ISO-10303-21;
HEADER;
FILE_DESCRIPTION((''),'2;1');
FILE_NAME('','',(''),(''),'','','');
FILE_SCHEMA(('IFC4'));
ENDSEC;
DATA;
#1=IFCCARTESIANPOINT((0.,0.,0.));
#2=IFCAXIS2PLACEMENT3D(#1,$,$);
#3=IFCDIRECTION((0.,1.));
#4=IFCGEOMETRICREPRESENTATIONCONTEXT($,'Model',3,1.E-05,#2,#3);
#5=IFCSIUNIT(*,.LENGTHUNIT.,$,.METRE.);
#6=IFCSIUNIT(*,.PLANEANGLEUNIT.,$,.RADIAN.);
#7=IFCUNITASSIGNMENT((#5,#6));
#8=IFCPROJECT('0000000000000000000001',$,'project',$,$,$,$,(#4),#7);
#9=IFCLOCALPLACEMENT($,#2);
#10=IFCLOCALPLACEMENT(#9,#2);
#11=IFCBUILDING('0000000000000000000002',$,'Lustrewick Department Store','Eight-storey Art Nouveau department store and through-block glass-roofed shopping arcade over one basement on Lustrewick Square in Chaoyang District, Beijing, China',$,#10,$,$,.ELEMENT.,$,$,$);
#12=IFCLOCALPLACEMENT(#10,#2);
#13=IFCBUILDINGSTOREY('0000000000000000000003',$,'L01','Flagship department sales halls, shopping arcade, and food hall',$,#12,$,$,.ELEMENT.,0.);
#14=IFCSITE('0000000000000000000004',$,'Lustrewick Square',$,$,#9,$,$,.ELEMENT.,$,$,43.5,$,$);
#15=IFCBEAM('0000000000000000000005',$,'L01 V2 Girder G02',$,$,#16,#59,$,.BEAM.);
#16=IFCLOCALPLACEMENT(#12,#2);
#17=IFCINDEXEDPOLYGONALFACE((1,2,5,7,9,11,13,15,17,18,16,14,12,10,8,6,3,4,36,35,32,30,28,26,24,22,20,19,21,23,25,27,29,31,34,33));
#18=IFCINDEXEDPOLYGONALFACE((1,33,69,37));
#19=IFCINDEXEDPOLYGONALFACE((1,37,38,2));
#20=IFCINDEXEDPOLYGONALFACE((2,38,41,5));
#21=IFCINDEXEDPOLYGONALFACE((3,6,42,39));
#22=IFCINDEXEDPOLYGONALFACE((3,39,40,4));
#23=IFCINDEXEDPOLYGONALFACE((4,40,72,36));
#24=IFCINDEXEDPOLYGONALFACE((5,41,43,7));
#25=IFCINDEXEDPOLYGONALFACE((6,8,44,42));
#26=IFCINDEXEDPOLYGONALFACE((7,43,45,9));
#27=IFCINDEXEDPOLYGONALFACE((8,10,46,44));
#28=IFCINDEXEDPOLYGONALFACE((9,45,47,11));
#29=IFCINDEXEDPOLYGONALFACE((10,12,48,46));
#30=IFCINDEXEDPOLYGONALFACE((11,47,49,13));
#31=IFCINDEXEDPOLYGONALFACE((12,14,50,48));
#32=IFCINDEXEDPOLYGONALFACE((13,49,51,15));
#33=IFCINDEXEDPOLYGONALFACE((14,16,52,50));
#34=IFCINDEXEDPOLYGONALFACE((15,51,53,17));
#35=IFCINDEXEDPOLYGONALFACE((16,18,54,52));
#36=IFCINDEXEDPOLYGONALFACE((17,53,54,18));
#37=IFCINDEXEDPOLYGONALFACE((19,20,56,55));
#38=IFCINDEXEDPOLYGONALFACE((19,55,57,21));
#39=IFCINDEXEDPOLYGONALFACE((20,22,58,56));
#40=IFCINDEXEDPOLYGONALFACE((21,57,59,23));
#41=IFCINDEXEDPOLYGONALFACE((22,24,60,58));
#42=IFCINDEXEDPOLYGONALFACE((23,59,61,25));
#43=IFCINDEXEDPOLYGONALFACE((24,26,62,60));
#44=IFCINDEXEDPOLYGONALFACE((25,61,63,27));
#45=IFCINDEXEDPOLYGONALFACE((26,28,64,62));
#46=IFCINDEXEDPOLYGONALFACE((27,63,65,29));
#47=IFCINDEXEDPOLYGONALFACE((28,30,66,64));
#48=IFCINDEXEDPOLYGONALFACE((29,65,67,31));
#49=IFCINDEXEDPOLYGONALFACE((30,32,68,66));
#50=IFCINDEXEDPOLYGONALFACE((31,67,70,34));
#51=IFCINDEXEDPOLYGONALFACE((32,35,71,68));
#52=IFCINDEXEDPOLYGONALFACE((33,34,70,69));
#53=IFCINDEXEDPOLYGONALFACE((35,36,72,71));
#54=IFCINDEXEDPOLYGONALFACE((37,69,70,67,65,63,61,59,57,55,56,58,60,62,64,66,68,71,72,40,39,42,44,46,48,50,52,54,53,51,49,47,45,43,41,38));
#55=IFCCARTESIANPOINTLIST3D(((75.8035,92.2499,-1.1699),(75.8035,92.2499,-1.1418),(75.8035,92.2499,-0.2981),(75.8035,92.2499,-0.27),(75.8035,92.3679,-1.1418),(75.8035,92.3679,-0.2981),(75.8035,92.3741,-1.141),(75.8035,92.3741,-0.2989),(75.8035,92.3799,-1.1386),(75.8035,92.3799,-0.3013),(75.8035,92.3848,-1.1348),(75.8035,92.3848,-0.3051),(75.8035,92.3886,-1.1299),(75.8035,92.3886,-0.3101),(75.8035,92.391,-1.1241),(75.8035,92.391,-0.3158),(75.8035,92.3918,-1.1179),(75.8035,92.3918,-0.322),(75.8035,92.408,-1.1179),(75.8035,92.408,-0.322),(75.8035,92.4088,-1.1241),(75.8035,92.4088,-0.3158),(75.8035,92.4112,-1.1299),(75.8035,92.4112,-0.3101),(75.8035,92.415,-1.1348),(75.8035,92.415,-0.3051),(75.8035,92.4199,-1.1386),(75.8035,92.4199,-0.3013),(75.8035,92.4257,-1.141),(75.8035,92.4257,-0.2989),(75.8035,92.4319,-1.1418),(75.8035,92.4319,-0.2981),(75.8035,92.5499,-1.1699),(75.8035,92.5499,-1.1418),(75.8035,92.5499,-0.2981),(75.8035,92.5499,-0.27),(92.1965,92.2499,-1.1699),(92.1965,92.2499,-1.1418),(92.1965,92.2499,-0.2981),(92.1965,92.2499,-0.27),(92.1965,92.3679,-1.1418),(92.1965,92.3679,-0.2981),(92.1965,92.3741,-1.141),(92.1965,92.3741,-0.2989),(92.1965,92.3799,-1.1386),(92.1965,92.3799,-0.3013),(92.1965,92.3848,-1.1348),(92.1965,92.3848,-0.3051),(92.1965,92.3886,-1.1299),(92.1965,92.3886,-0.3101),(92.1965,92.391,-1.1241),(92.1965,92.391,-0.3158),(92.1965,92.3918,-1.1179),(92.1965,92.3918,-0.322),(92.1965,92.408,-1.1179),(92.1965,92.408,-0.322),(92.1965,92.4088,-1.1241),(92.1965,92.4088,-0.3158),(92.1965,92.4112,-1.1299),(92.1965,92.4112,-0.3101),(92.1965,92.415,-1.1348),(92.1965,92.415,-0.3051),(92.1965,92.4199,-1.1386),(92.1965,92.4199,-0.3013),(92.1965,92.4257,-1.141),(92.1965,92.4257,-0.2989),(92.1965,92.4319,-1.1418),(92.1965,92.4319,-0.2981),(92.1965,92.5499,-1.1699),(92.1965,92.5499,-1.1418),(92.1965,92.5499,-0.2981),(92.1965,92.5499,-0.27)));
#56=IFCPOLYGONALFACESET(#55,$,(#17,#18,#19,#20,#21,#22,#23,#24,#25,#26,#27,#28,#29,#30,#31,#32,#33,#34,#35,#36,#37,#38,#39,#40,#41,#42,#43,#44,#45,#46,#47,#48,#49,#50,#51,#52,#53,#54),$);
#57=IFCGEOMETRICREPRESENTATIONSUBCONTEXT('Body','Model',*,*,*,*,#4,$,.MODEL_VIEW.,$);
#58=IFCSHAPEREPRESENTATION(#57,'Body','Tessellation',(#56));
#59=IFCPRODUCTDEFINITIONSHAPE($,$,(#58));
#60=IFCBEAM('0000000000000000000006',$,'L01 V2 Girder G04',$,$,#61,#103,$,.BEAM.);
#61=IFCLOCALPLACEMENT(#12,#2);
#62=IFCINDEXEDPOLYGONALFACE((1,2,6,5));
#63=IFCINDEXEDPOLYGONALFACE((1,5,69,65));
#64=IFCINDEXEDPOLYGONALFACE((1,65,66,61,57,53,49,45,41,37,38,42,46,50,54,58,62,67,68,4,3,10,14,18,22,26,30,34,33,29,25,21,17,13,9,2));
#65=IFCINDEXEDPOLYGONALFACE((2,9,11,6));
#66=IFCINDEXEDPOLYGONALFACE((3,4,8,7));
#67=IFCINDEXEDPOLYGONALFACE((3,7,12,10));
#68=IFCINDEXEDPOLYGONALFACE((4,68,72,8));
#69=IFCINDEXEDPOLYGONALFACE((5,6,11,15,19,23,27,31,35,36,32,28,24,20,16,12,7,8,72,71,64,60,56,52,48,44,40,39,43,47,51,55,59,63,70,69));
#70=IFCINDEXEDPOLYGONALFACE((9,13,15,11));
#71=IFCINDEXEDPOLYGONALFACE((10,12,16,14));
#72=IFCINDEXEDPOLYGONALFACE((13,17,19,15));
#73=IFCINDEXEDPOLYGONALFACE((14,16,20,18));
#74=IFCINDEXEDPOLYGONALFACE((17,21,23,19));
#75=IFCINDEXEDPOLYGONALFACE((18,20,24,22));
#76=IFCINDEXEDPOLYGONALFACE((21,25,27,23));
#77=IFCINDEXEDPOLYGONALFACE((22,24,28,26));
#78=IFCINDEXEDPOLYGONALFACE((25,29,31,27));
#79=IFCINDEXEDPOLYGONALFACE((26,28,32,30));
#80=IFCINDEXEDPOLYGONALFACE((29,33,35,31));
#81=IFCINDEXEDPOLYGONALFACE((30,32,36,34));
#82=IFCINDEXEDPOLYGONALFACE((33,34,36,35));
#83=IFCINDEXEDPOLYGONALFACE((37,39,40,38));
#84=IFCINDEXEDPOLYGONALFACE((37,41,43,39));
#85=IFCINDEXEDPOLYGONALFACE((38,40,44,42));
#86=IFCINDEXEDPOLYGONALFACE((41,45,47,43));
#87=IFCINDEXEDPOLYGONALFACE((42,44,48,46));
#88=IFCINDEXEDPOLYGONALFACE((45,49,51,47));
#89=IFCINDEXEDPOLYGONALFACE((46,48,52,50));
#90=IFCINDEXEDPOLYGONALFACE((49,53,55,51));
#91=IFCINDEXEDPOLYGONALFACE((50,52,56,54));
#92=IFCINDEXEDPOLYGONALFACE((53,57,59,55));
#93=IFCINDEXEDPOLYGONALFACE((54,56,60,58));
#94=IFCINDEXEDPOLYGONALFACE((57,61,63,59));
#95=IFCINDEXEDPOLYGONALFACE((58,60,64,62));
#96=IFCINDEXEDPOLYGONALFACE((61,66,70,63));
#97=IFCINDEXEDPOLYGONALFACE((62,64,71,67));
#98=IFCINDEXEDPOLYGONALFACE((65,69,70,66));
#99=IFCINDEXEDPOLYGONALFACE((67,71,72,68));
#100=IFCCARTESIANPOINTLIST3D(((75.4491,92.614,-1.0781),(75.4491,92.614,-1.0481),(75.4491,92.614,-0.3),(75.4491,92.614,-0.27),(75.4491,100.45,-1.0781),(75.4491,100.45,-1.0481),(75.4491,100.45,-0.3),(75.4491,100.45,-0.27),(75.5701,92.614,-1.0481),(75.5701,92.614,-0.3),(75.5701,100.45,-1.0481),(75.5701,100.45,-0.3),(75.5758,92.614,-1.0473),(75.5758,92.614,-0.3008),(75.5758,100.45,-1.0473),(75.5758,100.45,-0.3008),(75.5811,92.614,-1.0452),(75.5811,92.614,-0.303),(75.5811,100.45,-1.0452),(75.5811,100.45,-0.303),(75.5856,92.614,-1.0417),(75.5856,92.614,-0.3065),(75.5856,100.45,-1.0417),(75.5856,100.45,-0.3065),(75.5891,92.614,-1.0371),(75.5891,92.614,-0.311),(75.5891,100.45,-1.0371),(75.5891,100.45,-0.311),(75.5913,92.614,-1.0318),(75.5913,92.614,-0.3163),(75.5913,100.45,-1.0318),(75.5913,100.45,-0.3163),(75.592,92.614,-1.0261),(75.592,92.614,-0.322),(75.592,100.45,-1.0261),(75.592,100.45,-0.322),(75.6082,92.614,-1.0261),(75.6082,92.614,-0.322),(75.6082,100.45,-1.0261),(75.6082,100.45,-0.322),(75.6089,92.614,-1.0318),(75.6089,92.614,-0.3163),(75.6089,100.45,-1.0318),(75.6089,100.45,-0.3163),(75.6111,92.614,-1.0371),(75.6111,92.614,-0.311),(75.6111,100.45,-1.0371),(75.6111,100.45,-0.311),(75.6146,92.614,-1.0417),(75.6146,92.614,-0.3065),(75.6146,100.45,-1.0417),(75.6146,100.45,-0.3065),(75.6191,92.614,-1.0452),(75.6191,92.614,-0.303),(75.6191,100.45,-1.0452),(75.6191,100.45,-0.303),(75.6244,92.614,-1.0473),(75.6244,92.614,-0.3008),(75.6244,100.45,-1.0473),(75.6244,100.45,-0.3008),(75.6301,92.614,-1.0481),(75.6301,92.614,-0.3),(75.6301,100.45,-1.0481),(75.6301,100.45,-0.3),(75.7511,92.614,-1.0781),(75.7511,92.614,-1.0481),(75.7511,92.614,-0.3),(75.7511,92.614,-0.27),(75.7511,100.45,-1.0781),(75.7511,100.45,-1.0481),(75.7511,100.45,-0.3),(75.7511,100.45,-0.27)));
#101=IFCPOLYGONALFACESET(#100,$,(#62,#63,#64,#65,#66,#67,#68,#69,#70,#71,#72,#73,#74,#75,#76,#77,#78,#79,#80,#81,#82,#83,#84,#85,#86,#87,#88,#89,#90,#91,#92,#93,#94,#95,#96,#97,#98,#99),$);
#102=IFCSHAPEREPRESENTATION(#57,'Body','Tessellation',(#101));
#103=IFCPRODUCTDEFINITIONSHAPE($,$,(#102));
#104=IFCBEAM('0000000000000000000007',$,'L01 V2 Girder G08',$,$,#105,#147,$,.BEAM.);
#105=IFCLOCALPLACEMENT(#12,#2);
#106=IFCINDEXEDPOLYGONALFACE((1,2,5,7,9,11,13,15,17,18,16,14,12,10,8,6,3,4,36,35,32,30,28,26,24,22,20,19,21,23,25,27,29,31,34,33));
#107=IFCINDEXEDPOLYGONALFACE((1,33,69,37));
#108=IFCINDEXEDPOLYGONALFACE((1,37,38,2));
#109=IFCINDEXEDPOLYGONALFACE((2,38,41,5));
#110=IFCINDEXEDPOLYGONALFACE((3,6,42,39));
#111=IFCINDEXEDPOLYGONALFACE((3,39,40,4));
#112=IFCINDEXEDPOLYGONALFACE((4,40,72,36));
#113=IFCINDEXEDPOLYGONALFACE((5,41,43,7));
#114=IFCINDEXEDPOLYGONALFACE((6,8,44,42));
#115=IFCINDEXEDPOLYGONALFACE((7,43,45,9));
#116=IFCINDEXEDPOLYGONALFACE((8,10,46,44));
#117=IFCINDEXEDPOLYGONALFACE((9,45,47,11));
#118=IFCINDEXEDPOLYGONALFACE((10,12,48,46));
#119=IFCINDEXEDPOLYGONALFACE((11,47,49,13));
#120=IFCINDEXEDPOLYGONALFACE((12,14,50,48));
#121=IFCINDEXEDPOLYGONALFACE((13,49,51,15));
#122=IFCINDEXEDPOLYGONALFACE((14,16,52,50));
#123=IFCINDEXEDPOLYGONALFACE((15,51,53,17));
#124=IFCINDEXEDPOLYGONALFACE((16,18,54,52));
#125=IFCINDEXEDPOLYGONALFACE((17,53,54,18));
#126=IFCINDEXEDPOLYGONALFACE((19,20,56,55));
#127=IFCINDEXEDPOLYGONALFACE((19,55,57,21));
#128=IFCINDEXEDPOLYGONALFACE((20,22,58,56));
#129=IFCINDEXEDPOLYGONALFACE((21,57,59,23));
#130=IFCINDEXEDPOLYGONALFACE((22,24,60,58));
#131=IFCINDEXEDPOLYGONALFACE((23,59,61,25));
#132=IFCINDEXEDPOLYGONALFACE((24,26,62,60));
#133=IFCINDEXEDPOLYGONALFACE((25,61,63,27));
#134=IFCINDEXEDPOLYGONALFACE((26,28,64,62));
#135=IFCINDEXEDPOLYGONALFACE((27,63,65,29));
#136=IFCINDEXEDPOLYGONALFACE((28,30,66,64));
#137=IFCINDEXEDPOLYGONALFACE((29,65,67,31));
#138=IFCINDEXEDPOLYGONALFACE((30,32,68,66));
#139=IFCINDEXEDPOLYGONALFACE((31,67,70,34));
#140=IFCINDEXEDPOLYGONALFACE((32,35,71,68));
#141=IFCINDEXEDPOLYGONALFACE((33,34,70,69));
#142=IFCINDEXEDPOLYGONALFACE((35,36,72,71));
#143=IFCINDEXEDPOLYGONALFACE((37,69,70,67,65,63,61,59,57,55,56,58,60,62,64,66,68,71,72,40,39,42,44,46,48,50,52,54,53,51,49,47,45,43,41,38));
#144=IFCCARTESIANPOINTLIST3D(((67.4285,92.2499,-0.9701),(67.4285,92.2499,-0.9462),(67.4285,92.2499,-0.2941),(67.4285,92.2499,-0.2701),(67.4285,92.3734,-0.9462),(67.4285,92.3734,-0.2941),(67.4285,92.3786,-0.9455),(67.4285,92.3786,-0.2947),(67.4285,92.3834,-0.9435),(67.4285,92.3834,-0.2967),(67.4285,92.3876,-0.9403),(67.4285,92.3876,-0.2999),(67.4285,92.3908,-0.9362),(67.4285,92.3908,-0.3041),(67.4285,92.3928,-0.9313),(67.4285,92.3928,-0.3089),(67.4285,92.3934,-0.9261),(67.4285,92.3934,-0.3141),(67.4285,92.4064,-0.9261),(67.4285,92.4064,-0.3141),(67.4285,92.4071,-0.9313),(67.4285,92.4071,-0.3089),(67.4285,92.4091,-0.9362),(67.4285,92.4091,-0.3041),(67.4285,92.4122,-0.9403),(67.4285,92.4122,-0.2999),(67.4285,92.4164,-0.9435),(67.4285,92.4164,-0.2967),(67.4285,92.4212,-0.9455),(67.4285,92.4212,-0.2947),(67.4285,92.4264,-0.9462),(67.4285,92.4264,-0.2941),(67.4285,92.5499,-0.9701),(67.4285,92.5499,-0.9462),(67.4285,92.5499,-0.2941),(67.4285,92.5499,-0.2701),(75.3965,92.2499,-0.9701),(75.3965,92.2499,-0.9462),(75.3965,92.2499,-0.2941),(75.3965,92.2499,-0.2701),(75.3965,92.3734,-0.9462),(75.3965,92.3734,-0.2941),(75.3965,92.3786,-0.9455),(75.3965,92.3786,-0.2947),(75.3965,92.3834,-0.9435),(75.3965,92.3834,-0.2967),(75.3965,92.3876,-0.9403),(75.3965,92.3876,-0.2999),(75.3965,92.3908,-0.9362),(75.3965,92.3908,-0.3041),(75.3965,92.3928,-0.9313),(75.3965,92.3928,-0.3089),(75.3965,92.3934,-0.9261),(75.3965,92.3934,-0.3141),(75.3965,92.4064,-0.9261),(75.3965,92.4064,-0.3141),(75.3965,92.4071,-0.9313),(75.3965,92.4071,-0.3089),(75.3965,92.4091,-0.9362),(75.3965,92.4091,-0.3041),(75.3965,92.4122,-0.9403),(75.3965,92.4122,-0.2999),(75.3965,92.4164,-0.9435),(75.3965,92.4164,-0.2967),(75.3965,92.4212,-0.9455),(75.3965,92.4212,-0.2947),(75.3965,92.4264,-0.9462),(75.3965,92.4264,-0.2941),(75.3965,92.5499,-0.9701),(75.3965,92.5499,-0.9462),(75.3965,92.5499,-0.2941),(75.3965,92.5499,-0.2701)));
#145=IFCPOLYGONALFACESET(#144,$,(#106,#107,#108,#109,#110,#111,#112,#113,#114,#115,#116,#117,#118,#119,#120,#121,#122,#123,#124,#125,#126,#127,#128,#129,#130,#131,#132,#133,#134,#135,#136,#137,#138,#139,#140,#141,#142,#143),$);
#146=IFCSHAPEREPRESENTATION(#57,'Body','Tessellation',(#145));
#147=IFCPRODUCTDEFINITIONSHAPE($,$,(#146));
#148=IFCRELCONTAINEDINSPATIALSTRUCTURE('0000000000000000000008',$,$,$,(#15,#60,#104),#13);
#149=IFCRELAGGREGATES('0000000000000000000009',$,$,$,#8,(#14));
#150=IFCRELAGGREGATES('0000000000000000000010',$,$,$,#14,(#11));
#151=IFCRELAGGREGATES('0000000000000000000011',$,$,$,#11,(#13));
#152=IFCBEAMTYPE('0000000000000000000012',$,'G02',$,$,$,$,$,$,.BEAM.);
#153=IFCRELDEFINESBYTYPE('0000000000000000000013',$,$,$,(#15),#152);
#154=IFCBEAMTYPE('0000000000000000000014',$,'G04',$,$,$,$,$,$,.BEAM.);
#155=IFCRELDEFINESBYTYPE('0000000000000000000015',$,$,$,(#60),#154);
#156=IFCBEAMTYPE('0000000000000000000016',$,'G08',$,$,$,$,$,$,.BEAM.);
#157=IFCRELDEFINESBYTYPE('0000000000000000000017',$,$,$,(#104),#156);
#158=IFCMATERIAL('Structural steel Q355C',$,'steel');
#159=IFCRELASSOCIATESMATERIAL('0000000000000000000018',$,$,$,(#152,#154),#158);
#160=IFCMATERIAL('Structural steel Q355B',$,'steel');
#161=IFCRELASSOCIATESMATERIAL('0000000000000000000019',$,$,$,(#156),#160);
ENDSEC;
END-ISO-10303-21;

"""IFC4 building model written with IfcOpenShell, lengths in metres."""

from ifc_helpers import new_model, si_unit, direction, frame, origin, origin_2d, place, context, subcontext, project, spatial, i_section, extrude, material, material_profile, profile_set, type_object, element, save


model = new_model("IFC4")

# Units and contexts
model_context = context("Model", 3, precision=1e-05, world=origin(), true_north=direction((0.0, 1.0)))
body_context = subcontext(model_context, "Body", "Model", "MODEL_VIEW")
ifc_project = project(units=[si_unit("LENGTHUNIT", "METRE"), si_unit("PLANEANGLEUNIT", "RADIAN")], contexts=[model_context])

# Site, building, storey
site_placement = place(None, origin())
site = spatial("IfcSite", under=ifc_project, at=site_placement, Name="Lustrewick Square", CompositionType="ELEMENT", RefElevation=43.5)
building_placement = place(site_placement, origin())
building = spatial("IfcBuilding", under=site, at=building_placement, Name="Lustrewick Department Store", Description="Eight-storey Art Nouveau department store and through-block glass-roofed shopping arcade over one basement on Lustrewick Square in Chaoyang District, Beijing, China", CompositionType="ELEMENT")
storey_placement = place(building_placement, origin())
storey = spatial("IfcBuildingStorey", under=building, at=storey_placement, Name="L01", Description="Flagship department sales halls, shopping arcade, and food hall", CompositionType="ELEMENT", Elevation=0.0)

# Shared definitions
ifc_material_1 = material(Name="Structural steel Q355C", Category="steel")

# Beams
ifc_material_2 = material(Name="Structural steel Q355B", Category="steel")
ifc_material_profile_1 = material_profile(ifc_material_1, i_section(OverallWidth=0.3, OverallDepth=0.8999, WebThickness=0.0161, FlangeThickness=0.0281, FilletRadius=0.0239, at=origin_2d()), Name="HN 900x300x16x28")
ifc_profile_set_1 = profile_set([ifc_material_profile_1], Name="Structural steel Q355C")
beam_type_1 = type_object("IfcBeamType", Name="G02", PredefinedType="BEAM", material=ifc_profile_set_1)
beam_1_placement = place(storey_placement, frame((75.8035, 92.3999, -0.72), z_axis=(1.0, 0.0, 0.0), x_axis=(0.0, 1.0, 0.0)))
element("IfcBeam", 1, at=beam_1_placement, inside=storey, type_object=beam_type_1, Name="L01 V2 Girder G02", PredefinedType="BEAM", context=body_context, shape_type="SweptSolid", body=[
    extrude(i_section(OverallWidth=0.3, OverallDepth=0.8999, WebThickness=0.0161, FlangeThickness=0.0281, FilletRadius=0.0239, at=origin_2d()), origin(), (0.0, 0.0, 1.0), 16.3931),
])
ifc_material_profile_2 = material_profile(ifc_material_1, i_section(OverallWidth=0.302, OverallDepth=0.8081, WebThickness=0.0161, FlangeThickness=0.03, FilletRadius=0.022, at=origin_2d()), Name="HN 808x302x16x30")
ifc_profile_set_2 = profile_set([ifc_material_profile_2], Name="Structural steel Q355C")
beam_type_2 = type_object("IfcBeamType", Name="G04", PredefinedType="BEAM", material=ifc_profile_set_2)
beam_2_placement = place(storey_placement, frame((75.6001, 92.614, -0.6741), z_axis=(0.0, 1.0, 0.0), x_axis=(-1.0, 0.0, 0.0)))
element("IfcBeam", 2, at=beam_2_placement, inside=storey, type_object=beam_type_2, Name="L01 V2 Girder G04", PredefinedType="BEAM", context=body_context, shape_type="SweptSolid", body=[
    extrude(i_section(OverallWidth=0.302, OverallDepth=0.8081, WebThickness=0.0161, FlangeThickness=0.03, FilletRadius=0.022, at=origin_2d()), origin(), (0.0, 0.0, 1.0), 7.8359),
])
ifc_material_profile_3 = material_profile(ifc_material_2, i_section(OverallWidth=0.3, OverallDepth=0.7, WebThickness=0.0129, FlangeThickness=0.0239, FilletRadius=0.02, at=origin_2d()), Name="HN 700x300x13x24")
ifc_profile_set_3 = profile_set([ifc_material_profile_3], Name="Structural steel Q355B")
beam_type_3 = type_object("IfcBeamType", Name="G08", PredefinedType="BEAM", material=ifc_profile_set_3)
beam_3_placement = place(storey_placement, frame((67.4285, 92.3999, -0.6201), z_axis=(1.0, 0.0, 0.0), x_axis=(0.0, 1.0, 0.0)))
element("IfcBeam", 3, at=beam_3_placement, inside=storey, type_object=beam_type_3, Name="L01 V2 Girder G08", PredefinedType="BEAM", context=body_context, shape_type="SweptSolid", body=[
    extrude(i_section(OverallWidth=0.3, OverallDepth=0.7, WebThickness=0.0129, FlangeThickness=0.0239, FilletRadius=0.02, at=origin_2d()), origin(), (0.0, 0.0, 1.0), 7.968),
])

save(model, "model.ifc")
